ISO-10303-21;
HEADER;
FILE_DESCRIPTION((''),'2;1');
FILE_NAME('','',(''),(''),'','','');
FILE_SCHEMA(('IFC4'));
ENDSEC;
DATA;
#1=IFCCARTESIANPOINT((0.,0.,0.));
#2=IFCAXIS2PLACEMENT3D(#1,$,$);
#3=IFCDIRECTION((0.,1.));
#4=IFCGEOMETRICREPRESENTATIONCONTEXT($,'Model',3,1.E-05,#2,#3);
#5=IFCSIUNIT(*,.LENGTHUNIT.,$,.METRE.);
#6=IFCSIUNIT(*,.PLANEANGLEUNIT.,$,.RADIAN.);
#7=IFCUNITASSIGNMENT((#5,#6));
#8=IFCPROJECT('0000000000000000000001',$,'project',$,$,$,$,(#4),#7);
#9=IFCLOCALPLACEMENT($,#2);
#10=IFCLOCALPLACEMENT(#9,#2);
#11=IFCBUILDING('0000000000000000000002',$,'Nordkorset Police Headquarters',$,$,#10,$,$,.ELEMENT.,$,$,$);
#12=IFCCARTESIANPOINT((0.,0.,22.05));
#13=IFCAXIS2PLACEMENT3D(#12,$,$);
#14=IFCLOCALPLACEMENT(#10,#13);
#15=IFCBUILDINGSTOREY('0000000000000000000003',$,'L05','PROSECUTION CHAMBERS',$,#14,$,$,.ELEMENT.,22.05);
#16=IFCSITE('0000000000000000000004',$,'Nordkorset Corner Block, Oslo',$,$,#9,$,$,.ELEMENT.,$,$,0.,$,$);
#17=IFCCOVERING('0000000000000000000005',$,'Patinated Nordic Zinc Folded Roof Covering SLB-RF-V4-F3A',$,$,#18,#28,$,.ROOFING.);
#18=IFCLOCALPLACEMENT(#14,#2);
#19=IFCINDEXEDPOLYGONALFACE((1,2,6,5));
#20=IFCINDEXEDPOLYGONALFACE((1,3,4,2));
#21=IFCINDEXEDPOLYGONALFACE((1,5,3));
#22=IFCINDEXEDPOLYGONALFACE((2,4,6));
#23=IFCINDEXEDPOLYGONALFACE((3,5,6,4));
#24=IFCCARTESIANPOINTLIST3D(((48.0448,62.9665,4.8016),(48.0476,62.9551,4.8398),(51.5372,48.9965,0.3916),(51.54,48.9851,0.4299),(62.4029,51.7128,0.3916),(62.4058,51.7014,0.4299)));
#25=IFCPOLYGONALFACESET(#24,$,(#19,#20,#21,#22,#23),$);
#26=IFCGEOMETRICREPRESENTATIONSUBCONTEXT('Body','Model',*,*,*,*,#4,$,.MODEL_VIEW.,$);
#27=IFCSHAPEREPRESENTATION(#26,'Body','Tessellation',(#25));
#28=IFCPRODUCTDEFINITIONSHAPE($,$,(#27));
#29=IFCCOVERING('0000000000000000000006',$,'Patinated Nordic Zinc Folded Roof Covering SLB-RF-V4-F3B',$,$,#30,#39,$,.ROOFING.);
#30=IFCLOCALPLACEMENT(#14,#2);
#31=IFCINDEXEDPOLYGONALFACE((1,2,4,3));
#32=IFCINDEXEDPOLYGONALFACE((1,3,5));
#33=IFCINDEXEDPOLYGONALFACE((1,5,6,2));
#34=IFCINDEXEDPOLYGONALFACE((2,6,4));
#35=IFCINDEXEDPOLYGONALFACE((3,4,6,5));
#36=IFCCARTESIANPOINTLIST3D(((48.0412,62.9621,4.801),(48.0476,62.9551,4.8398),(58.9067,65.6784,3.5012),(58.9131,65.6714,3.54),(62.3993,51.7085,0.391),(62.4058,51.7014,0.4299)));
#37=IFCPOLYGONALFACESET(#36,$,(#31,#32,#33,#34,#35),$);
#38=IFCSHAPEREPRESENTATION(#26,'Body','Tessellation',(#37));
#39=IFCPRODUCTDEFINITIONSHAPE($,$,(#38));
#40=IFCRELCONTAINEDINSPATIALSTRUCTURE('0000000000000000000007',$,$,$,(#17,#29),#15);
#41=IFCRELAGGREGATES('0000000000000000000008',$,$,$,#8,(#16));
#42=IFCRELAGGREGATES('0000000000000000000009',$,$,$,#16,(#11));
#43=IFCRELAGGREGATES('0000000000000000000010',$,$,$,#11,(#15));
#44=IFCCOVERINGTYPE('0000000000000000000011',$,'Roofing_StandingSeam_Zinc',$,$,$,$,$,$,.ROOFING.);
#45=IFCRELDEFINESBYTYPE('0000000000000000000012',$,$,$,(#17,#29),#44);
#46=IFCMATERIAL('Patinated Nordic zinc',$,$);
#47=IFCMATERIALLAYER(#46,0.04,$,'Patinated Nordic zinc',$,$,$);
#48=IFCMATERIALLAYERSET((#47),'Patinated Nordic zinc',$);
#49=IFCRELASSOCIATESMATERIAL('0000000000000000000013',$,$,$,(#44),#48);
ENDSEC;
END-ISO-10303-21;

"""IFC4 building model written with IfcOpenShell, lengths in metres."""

from ifc_helpers import new_model, si_unit, direction, frame, origin, place, context, subcontext, project, spatial, polyline, outline, extrude, material, layer, layer_set, type_object, element, save


model = new_model("IFC4")

# Units and contexts
model_context = context("Model", 3, precision=1e-05, world=origin(), true_north=direction((0.0, 1.0)))
body_context = subcontext(model_context, "Body", "Model", "MODEL_VIEW")
ifc_project = project(units=[si_unit("LENGTHUNIT", "METRE"), si_unit("PLANEANGLEUNIT", "RADIAN")], contexts=[model_context])

# Site, building, storey
site_placement = place(None, origin())
site = spatial("IfcSite", under=ifc_project, at=site_placement, Name="Nordkorset Corner Block, Oslo", CompositionType="ELEMENT", RefElevation=0.0)
building_placement = place(site_placement, origin())
building = spatial("IfcBuilding", under=site, at=building_placement, Name="Nordkorset Police Headquarters", CompositionType="ELEMENT")
storey_placement = place(building_placement, frame((0.0, 0.0, 22.05)))
storey = spatial("IfcBuildingStorey", under=building, at=storey_placement, Name="L05", Description="PROSECUTION CHAMBERS", CompositionType="ELEMENT", Elevation=22.05)

# Coverings
ifc_material_1 = material(Name="Patinated Nordic zinc")
ifc_layer_1 = layer(ifc_material_1, 0.04, Name="Patinated Nordic zinc")
ifc_layer_set_1 = layer_set([ifc_layer_1], Name="Patinated Nordic zinc")
covering_type = type_object("IfcCoveringType", Name="Roofing_StandingSeam_Zinc", PredefinedType="ROOFING", material=ifc_layer_set_1)
covering_1_placement = place(storey_placement, frame((51.54, 48.9851, 0.4299), z_axis=(0.071017, -0.28408, 0.956167), x_axis=(0.970145, 0.242525, 0.0)))
element("IfcCovering", 1, at=covering_1_placement, inside=storey, type_object=covering_type, Name="Patinated Nordic Zinc Folded Roof Covering SLB-RF-V4-F3A", PredefinedType="ROOFING", context=body_context, shape_type="SweptSolid", body=[
    extrude(outline(polyline([(0.0, 0.0), (11.2001, 0.0), (-0.0001, 15.06), (0.0, 0.0)])), origin(), (0.0, 0.0, -1.0), 0.04),
])
covering_2_placement = place(storey_placement, frame((62.4058, 51.7014, 0.4299), z_axis=(0.160226, -0.176165, 0.971233), x_axis=(-0.237081, 0.948274, 0.211112)))
element("IfcCovering", 2, at=covering_2_placement, inside=storey, type_object=covering_type, Name="Patinated Nordic Zinc Folded Roof Covering SLB-RF-V4-F3B", PredefinedType="ROOFING", context=body_context, shape_type="SweptSolid", body=[
    extrude(outline(polyline([(0.0, 0.0), (14.732, 0.0), (15.0066, 11.2717), (0.0, 0.0)])), origin(), (0.0, 0.0, -1.0), 0.04),
])

save(model, "model.ifc")
